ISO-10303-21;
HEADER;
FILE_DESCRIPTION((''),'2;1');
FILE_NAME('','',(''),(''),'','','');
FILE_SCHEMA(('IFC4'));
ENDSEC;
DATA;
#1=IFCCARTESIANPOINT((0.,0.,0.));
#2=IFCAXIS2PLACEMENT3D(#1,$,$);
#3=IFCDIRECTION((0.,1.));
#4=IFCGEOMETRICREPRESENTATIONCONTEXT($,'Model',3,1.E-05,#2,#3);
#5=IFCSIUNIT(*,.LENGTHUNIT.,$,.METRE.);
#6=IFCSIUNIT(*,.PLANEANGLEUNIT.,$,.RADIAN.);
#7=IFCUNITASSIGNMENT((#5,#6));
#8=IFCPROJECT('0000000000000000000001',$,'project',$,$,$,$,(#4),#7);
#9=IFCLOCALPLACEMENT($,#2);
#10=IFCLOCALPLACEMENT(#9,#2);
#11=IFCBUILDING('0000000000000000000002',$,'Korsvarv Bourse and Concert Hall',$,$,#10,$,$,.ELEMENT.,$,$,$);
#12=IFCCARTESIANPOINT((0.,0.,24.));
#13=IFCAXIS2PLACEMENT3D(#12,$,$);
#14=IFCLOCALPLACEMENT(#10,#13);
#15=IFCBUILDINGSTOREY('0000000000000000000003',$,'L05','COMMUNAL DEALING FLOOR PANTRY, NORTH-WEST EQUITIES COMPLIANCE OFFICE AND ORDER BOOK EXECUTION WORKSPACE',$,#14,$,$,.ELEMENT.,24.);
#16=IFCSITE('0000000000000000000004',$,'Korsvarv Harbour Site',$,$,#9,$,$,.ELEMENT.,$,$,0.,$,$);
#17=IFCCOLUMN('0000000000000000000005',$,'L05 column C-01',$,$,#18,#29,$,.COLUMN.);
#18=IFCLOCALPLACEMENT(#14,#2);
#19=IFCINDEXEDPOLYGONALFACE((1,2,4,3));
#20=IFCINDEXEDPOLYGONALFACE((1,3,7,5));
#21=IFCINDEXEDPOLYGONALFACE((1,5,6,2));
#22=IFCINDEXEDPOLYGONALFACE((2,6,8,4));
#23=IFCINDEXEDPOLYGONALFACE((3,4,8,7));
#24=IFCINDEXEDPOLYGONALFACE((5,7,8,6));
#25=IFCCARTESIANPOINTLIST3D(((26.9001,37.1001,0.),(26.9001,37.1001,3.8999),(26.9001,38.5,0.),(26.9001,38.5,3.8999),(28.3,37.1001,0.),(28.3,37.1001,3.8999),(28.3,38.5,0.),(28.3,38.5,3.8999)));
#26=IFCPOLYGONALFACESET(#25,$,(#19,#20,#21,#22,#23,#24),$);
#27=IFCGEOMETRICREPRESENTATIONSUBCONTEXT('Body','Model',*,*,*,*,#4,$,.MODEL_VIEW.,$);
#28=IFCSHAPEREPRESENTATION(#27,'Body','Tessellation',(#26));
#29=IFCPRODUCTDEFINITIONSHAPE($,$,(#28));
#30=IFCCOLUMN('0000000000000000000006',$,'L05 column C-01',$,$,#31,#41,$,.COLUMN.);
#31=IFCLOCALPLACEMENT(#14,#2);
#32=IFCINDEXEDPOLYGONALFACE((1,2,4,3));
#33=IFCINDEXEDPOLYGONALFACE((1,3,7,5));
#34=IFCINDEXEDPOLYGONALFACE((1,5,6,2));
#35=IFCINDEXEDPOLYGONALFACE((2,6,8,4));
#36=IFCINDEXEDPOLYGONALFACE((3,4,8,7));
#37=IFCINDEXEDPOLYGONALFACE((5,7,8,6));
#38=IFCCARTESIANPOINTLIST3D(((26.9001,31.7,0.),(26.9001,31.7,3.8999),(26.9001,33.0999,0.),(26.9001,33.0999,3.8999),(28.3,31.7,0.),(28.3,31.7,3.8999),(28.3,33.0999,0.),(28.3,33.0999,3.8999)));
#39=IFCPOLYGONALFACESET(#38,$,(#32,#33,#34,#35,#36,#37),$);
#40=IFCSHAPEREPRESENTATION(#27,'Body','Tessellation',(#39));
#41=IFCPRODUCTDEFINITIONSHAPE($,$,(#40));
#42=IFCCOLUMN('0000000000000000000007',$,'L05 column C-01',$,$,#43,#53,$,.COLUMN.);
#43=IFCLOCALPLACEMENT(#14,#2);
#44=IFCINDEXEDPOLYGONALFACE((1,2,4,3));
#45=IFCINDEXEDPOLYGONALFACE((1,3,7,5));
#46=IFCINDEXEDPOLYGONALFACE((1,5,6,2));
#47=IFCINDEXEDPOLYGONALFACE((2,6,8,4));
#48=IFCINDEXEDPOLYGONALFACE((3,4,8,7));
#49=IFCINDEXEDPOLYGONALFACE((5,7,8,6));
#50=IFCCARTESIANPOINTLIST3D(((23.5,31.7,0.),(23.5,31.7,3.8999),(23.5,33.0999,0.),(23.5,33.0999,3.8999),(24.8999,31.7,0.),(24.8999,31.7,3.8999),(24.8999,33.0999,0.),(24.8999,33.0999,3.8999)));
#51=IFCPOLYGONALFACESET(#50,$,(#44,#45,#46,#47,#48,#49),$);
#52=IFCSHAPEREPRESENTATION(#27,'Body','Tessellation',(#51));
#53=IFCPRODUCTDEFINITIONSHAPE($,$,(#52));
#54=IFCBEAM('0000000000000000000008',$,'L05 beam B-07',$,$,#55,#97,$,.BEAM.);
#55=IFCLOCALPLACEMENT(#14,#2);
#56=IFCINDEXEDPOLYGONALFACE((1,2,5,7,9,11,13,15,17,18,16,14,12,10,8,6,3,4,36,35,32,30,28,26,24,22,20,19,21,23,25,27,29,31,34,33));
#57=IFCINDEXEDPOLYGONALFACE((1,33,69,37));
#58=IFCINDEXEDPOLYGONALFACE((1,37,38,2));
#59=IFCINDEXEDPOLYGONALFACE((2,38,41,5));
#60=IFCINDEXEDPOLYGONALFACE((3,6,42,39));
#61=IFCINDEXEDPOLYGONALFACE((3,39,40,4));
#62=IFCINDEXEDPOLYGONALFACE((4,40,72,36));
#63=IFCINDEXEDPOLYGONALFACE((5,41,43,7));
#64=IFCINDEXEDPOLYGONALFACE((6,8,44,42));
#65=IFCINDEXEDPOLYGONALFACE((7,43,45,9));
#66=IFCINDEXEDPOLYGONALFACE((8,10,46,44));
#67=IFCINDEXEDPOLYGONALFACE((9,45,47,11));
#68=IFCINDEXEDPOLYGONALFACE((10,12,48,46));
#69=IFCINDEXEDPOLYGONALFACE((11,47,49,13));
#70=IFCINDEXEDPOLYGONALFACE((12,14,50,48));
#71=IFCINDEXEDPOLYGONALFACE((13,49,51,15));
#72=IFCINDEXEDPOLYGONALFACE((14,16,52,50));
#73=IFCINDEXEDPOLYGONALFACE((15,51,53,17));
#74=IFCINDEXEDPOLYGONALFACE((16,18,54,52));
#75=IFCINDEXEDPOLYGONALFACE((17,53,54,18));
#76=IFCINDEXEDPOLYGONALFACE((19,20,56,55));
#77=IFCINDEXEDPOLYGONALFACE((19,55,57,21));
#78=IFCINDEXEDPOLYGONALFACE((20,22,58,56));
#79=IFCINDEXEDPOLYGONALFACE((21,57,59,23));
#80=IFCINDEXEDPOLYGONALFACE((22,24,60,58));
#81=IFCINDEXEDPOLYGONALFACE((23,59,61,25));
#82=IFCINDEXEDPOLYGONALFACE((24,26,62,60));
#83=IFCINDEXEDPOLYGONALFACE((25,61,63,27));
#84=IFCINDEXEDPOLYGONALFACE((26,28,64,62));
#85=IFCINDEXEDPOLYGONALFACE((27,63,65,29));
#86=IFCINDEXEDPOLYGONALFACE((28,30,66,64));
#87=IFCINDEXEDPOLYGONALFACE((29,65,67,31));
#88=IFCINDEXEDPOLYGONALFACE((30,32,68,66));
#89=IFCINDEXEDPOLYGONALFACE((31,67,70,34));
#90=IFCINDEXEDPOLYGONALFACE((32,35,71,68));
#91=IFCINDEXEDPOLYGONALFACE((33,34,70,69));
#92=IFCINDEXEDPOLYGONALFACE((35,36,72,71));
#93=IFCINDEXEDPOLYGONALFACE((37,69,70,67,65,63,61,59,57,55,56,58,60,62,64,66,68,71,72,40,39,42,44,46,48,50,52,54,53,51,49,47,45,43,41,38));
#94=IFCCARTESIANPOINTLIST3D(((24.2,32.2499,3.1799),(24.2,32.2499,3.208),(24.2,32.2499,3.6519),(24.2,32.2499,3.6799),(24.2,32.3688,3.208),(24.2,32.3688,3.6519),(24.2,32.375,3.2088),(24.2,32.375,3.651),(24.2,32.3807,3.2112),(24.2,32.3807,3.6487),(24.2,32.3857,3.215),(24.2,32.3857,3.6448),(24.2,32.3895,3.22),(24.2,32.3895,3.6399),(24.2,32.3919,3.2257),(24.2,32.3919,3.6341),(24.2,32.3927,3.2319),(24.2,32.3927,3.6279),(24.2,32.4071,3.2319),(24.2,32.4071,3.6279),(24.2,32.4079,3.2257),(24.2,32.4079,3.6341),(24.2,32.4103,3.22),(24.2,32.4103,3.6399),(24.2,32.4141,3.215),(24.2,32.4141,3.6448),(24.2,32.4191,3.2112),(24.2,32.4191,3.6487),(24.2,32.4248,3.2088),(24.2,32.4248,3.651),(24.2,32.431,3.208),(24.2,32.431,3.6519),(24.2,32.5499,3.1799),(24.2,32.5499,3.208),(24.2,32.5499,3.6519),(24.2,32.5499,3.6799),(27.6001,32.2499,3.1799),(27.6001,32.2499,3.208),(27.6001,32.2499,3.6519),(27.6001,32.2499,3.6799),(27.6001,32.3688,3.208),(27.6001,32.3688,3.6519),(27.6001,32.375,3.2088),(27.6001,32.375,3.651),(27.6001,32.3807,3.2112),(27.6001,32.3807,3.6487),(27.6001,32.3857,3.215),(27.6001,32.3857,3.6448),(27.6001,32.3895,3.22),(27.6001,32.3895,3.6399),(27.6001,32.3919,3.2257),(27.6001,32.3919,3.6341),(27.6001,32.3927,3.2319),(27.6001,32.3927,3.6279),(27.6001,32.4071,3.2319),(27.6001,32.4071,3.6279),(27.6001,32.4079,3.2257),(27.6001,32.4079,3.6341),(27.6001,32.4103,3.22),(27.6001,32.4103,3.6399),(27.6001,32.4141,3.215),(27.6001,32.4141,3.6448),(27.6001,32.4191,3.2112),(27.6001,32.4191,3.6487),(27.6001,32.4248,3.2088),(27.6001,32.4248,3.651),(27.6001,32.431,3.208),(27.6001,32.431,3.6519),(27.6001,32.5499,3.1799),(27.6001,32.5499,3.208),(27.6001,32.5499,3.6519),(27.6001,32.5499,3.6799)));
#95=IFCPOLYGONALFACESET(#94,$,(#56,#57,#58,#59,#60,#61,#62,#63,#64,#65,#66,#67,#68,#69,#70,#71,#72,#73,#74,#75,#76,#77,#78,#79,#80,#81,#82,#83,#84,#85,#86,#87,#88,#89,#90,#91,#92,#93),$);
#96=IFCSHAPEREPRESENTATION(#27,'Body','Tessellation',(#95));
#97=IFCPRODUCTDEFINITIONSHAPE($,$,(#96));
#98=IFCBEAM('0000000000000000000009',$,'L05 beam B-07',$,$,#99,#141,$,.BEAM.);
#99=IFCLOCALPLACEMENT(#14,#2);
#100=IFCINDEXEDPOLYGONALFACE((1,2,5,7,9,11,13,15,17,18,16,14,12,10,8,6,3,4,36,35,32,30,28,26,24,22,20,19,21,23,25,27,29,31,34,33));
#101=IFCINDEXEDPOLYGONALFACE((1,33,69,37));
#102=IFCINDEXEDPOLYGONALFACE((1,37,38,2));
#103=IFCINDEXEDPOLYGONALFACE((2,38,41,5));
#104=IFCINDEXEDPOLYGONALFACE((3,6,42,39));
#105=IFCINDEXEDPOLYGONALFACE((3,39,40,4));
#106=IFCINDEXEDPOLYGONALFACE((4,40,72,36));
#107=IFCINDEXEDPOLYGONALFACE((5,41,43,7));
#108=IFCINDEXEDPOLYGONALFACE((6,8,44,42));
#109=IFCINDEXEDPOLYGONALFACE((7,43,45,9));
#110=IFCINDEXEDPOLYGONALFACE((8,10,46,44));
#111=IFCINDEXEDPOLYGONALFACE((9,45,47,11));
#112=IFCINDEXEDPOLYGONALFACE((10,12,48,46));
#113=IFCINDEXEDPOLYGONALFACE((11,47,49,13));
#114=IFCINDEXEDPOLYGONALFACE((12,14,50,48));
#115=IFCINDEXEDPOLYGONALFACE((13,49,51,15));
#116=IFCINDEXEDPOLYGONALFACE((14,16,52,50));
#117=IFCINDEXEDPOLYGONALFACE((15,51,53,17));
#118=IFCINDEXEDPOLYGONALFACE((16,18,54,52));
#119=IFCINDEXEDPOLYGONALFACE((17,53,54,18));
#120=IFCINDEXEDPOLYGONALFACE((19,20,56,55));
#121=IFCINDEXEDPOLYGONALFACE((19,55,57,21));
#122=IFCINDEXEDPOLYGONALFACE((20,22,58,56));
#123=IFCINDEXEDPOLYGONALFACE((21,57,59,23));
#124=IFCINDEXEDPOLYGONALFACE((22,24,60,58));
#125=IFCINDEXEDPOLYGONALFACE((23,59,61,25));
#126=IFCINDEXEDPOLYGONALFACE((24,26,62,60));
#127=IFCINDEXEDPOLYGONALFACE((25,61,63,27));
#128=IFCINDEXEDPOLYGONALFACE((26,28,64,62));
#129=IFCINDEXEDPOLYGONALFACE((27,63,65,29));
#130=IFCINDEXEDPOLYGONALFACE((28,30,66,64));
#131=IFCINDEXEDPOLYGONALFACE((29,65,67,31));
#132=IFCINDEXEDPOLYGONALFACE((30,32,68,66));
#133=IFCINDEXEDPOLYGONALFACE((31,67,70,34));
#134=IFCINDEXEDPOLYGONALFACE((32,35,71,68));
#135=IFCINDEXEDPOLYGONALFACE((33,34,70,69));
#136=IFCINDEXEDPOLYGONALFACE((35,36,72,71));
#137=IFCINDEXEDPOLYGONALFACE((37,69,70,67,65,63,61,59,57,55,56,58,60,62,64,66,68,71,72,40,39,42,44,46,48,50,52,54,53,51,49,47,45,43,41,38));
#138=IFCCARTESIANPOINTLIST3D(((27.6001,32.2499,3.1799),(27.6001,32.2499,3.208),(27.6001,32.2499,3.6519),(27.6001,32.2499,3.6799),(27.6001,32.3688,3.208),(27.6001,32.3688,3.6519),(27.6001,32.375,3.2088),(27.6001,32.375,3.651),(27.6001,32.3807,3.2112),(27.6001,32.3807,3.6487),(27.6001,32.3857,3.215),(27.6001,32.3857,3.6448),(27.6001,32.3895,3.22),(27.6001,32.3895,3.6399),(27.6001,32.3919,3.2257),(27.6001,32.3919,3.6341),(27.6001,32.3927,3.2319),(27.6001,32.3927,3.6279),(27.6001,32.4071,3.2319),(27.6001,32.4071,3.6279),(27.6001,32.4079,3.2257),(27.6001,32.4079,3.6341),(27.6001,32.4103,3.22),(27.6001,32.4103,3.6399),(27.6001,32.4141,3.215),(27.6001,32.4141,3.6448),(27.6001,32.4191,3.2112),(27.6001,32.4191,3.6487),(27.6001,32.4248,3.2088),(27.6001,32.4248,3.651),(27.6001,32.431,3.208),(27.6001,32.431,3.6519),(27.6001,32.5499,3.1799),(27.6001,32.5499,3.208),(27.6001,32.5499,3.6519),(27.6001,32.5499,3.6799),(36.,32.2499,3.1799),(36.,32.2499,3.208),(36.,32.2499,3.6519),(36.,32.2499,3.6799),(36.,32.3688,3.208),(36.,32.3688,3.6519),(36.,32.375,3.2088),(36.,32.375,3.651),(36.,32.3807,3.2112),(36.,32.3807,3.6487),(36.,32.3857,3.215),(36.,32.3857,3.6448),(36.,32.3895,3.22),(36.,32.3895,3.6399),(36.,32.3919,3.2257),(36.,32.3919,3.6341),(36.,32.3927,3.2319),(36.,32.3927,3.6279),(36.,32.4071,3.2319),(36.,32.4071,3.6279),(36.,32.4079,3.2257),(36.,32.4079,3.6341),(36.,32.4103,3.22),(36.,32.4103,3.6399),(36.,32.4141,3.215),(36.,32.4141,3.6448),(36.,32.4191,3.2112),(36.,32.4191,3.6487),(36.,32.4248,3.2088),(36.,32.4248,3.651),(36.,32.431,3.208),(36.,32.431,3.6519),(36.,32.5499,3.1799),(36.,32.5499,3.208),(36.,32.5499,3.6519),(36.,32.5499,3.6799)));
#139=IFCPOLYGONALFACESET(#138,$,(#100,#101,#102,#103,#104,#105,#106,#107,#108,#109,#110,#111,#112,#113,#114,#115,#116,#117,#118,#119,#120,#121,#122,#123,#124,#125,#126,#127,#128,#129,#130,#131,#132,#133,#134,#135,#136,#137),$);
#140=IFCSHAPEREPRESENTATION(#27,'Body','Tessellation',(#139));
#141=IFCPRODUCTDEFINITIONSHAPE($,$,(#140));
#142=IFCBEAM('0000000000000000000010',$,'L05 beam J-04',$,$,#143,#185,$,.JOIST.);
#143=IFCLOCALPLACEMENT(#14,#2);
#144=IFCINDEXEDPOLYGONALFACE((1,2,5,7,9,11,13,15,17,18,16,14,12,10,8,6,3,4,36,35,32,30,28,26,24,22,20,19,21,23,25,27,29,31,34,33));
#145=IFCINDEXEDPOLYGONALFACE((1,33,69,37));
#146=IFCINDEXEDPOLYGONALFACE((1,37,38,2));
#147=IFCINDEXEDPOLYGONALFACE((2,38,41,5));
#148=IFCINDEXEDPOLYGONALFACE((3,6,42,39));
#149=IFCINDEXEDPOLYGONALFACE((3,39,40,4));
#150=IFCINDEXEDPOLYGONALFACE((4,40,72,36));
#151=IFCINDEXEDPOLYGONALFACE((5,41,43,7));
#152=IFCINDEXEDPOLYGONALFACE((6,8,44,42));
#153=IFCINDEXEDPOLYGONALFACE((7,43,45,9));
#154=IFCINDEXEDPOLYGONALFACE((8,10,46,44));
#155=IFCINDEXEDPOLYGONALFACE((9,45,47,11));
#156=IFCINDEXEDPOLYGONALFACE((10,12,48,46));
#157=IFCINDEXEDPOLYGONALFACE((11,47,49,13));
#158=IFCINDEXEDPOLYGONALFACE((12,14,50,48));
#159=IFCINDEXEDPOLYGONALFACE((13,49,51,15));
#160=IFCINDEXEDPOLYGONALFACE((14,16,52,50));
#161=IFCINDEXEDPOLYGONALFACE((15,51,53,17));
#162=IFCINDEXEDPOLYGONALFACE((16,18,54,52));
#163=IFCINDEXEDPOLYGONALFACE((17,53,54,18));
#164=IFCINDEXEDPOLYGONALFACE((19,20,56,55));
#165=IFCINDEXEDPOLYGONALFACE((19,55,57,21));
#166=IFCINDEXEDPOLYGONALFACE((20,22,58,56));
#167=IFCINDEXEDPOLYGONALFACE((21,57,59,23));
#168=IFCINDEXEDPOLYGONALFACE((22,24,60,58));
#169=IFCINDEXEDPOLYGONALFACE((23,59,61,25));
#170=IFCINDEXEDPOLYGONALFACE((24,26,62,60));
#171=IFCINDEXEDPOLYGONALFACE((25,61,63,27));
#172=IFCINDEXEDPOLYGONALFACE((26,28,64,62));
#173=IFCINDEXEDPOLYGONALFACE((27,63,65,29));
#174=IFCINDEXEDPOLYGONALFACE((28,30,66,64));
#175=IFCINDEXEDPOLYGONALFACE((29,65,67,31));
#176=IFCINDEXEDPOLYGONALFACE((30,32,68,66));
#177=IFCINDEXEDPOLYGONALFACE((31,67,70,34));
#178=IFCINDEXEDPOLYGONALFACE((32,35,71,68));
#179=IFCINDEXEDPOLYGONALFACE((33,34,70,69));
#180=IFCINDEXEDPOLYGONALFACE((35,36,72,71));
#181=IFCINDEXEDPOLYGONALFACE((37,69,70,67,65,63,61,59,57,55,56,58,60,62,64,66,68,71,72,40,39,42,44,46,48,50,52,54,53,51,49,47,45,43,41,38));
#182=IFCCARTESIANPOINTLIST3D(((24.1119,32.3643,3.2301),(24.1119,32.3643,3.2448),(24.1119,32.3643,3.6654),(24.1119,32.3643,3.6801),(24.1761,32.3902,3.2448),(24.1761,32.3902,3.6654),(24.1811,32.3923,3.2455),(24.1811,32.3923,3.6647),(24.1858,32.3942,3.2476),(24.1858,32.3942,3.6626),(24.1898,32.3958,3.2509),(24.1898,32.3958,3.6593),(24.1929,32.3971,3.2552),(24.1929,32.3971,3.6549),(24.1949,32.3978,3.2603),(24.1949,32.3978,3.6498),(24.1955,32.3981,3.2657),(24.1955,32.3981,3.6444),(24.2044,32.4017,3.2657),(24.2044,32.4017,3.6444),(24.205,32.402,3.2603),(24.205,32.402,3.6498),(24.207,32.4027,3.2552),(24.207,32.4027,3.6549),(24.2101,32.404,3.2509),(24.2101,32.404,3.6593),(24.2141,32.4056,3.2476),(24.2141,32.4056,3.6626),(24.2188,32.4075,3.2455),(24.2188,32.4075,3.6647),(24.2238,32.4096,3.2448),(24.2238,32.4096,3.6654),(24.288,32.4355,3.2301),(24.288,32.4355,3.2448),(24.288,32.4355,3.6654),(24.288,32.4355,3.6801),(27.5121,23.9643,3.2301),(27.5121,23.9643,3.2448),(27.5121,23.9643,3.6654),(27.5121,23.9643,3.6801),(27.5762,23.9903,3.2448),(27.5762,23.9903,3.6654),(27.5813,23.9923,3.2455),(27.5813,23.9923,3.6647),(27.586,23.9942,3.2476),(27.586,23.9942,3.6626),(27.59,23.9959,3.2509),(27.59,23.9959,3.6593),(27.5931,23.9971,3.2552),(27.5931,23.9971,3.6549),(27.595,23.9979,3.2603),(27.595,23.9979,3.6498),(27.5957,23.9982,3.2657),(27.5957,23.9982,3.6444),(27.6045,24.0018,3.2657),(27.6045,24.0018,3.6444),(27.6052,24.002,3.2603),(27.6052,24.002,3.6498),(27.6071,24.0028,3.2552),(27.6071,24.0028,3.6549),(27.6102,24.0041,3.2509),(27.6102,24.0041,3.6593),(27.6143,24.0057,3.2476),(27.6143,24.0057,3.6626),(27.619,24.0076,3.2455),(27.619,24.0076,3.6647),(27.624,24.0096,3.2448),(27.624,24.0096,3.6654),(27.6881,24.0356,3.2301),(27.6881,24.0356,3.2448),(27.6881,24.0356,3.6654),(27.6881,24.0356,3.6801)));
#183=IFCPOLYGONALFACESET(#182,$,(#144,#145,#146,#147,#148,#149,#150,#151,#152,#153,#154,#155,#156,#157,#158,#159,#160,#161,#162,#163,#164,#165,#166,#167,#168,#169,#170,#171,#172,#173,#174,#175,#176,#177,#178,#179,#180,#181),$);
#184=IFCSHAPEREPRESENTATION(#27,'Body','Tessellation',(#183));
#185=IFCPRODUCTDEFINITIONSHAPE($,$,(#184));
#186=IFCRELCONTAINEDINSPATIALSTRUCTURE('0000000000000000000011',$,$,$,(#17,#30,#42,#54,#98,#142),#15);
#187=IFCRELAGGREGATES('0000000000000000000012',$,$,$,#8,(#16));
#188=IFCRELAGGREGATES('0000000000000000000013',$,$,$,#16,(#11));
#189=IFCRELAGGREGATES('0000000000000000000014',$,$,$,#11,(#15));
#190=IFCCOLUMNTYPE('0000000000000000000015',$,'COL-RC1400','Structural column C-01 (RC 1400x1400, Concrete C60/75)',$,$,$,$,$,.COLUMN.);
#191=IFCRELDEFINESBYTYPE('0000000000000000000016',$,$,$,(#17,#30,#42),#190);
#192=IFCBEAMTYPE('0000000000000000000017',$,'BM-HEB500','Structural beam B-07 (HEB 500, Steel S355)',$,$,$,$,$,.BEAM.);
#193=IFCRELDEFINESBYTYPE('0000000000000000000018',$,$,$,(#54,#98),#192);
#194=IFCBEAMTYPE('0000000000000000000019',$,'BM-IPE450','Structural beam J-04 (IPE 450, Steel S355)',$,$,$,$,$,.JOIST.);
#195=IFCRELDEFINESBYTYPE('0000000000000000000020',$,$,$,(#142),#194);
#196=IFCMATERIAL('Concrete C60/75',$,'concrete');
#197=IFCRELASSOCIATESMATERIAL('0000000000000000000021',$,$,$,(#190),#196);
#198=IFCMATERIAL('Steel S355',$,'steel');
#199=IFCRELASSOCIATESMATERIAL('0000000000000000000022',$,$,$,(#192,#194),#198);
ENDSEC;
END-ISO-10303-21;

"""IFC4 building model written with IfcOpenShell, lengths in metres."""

from ifc_helpers import new_model, si_unit, direction, frame, origin, origin_2d, place, context, subcontext, project, spatial, rectangle, i_section, extrude, source, transform, mapped, material, material_profile, profile_set, type_object, element, save


model = new_model("IFC4")

# Units and contexts
model_context = context("Model", 3, precision=1e-05, world=origin(), true_north=direction((0.0, 1.0)))
body_context = subcontext(model_context, "Body", "Model", "MODEL_VIEW")
ifc_project = project(units=[si_unit("LENGTHUNIT", "METRE"), si_unit("PLANEANGLEUNIT", "RADIAN")], contexts=[model_context])

# Site, building, storey
site_placement = place(None, origin())
site = spatial("IfcSite", under=ifc_project, at=site_placement, Name="Korsvarv Harbour Site", CompositionType="ELEMENT", RefElevation=0.0)
building_placement = place(site_placement, origin())
building = spatial("IfcBuilding", under=site, at=building_placement, Name="Korsvarv Bourse and Concert Hall", CompositionType="ELEMENT")
storey_placement = place(building_placement, frame((0.0, 0.0, 24.0)))
storey = spatial("IfcBuildingStorey", under=building, at=storey_placement, Name="L05", Description="COMMUNAL DEALING FLOOR PANTRY, NORTH-WEST EQUITIES COMPLIANCE OFFICE AND ORDER BOOK EXECUTION WORKSPACE", CompositionType="ELEMENT", Elevation=24.0)

# Columns
ifc_material_1 = material(Name="Concrete C60/75", Category="concrete")
ifc_material_profile_1 = material_profile(ifc_material_1, rectangle(XDim=1.3999, YDim=1.3999, at=origin_2d()), Name="RC 1400x1400")
ifc_profile_set_1 = profile_set([ifc_material_profile_1], Name="Concrete C60/75")
column_type = type_object("IfcColumnType", Name="COL-RC1400", Description="Structural column C-01 (RC 1400x1400, Concrete C60/75)", PredefinedType="COLUMN", material=ifc_profile_set_1)
shared_shape_1 = source(origin(), body_context, "Body", "SweptSolid", [
    extrude(rectangle(XDim=1.3999, YDim=1.3999, at=origin_2d()), origin(), (0.0, 0.0, 1.0), 3.8999),
])
for number, where, z_axis, x_axis, name in (
    (1, (27.6001, 37.8, 0.0), (0.0, 0.0, 1.0), (1.0, 0.0, 0.0), "L05 column C-01"),
    (2, (27.6001, 32.3999, 0.0), (0.0, 0.0, 1.0), (1.0, 0.0, 0.0), "L05 column C-01"),
    (3, (24.2, 32.3999, 0.0), (0.0, 0.0, 1.0), (1.0, 0.0, 0.0), "L05 column C-01"),
):
    element("IfcColumn", number, at=place(storey_placement, frame(where, z_axis=z_axis, x_axis=x_axis)), inside=storey, type_object=column_type, Name=name, PredefinedType="COLUMN", context=body_context, shape_type="MappedRepresentation", body=[
        mapped(shared_shape_1, transform((0.0, 0.0, 0.0), scale=1.0)),
    ])

# Beams
ifc_material_2 = material(Name="Steel S355", Category="steel")
ifc_material_profile_2 = material_profile(ifc_material_2, i_section(OverallWidth=0.3, OverallDepth=0.5, WebThickness=0.0144, FlangeThickness=0.0281, FilletRadius=0.0239, at=origin_2d()), Name="HEB 500")
ifc_profile_set_2 = profile_set([ifc_material_profile_2], Name="Steel S355")
beam_type_1 = type_object("IfcBeamType", Name="BM-HEB500", Description="Structural beam B-07 (HEB 500, Steel S355)", PredefinedType="BEAM", material=ifc_profile_set_2)
shared_shape_2 = source(origin(), body_context, "Body", "SweptSolid", [
    extrude(i_section(OverallWidth=0.3, OverallDepth=0.5, WebThickness=0.0144, FlangeThickness=0.0281, FilletRadius=0.0239, at=origin_2d()), origin(), (0.0, 0.0, 1.0), 3.4001),
])
beam_1_placement = place(storey_placement, frame((24.2, 32.3999, 3.4299), z_axis=(1.0, 0.0, 0.0), x_axis=(0.0, 1.0, 0.0)))
element("IfcBeam", 4, at=beam_1_placement, inside=storey, type_object=beam_type_1, Name="L05 beam B-07", PredefinedType="BEAM", context=body_context, shape_type="MappedRepresentation", body=[
    mapped(shared_shape_2, transform((0.0, 0.0, 0.0), scale=1.0)),
])
shared_shape_3 = source(origin(), body_context, "Body", "SweptSolid", [
    extrude(i_section(OverallWidth=0.3, OverallDepth=0.5, WebThickness=0.0144, FlangeThickness=0.0281, FilletRadius=0.0239, at=origin_2d()), origin(), (0.0, 0.0, 1.0), 8.3999),
])
beam_2_placement = place(storey_placement, frame((27.6001, 32.3999, 3.4299), z_axis=(1.0, 0.0, 0.0), x_axis=(0.0, 1.0, 0.0)))
element("IfcBeam", 5, at=beam_2_placement, inside=storey, type_object=beam_type_1, Name="L05 beam B-07", PredefinedType="BEAM", context=body_context, shape_type="MappedRepresentation", body=[
    mapped(shared_shape_3, transform((0.0, 0.0, 0.0), scale=1.0)),
])
ifc_material_profile_3 = material_profile(ifc_material_2, i_section(OverallWidth=0.1899, OverallDepth=0.45, WebThickness=0.0095, FlangeThickness=0.0146, FilletRadius=0.021, at=origin_2d()), Name="IPE 450")
ifc_profile_set_3 = profile_set([ifc_material_profile_3], Name="Steel S355")
beam_type_2 = type_object("IfcBeamType", Name="BM-IPE450", Description="Structural beam J-04 (IPE 450, Steel S355)", PredefinedType="JOIST", material=ifc_profile_set_3)
shared_shape_4 = source(origin(), body_context, "Body", "SweptSolid", [
    extrude(i_section(OverallWidth=0.1899, OverallDepth=0.45, WebThickness=0.0095, FlangeThickness=0.0146, FilletRadius=0.021, at=origin_2d()), origin(), (0.0, 0.0, 1.0), 9.062),
])
beam_3_placement = place(storey_placement, frame((24.2, 32.3999, 3.4551), z_axis=(0.37521, -0.92694, 0.0), x_axis=(0.92694, 0.37521, 0.0)))
element("IfcBeam", 6, at=beam_3_placement, inside=storey, type_object=beam_type_2, Name="L05 beam J-04", PredefinedType="JOIST", context=body_context, shape_type="MappedRepresentation", body=[
    mapped(shared_shape_4, transform((0.0, 0.0, 0.0), scale=1.0)),
])

save(model, "model.ifc")
